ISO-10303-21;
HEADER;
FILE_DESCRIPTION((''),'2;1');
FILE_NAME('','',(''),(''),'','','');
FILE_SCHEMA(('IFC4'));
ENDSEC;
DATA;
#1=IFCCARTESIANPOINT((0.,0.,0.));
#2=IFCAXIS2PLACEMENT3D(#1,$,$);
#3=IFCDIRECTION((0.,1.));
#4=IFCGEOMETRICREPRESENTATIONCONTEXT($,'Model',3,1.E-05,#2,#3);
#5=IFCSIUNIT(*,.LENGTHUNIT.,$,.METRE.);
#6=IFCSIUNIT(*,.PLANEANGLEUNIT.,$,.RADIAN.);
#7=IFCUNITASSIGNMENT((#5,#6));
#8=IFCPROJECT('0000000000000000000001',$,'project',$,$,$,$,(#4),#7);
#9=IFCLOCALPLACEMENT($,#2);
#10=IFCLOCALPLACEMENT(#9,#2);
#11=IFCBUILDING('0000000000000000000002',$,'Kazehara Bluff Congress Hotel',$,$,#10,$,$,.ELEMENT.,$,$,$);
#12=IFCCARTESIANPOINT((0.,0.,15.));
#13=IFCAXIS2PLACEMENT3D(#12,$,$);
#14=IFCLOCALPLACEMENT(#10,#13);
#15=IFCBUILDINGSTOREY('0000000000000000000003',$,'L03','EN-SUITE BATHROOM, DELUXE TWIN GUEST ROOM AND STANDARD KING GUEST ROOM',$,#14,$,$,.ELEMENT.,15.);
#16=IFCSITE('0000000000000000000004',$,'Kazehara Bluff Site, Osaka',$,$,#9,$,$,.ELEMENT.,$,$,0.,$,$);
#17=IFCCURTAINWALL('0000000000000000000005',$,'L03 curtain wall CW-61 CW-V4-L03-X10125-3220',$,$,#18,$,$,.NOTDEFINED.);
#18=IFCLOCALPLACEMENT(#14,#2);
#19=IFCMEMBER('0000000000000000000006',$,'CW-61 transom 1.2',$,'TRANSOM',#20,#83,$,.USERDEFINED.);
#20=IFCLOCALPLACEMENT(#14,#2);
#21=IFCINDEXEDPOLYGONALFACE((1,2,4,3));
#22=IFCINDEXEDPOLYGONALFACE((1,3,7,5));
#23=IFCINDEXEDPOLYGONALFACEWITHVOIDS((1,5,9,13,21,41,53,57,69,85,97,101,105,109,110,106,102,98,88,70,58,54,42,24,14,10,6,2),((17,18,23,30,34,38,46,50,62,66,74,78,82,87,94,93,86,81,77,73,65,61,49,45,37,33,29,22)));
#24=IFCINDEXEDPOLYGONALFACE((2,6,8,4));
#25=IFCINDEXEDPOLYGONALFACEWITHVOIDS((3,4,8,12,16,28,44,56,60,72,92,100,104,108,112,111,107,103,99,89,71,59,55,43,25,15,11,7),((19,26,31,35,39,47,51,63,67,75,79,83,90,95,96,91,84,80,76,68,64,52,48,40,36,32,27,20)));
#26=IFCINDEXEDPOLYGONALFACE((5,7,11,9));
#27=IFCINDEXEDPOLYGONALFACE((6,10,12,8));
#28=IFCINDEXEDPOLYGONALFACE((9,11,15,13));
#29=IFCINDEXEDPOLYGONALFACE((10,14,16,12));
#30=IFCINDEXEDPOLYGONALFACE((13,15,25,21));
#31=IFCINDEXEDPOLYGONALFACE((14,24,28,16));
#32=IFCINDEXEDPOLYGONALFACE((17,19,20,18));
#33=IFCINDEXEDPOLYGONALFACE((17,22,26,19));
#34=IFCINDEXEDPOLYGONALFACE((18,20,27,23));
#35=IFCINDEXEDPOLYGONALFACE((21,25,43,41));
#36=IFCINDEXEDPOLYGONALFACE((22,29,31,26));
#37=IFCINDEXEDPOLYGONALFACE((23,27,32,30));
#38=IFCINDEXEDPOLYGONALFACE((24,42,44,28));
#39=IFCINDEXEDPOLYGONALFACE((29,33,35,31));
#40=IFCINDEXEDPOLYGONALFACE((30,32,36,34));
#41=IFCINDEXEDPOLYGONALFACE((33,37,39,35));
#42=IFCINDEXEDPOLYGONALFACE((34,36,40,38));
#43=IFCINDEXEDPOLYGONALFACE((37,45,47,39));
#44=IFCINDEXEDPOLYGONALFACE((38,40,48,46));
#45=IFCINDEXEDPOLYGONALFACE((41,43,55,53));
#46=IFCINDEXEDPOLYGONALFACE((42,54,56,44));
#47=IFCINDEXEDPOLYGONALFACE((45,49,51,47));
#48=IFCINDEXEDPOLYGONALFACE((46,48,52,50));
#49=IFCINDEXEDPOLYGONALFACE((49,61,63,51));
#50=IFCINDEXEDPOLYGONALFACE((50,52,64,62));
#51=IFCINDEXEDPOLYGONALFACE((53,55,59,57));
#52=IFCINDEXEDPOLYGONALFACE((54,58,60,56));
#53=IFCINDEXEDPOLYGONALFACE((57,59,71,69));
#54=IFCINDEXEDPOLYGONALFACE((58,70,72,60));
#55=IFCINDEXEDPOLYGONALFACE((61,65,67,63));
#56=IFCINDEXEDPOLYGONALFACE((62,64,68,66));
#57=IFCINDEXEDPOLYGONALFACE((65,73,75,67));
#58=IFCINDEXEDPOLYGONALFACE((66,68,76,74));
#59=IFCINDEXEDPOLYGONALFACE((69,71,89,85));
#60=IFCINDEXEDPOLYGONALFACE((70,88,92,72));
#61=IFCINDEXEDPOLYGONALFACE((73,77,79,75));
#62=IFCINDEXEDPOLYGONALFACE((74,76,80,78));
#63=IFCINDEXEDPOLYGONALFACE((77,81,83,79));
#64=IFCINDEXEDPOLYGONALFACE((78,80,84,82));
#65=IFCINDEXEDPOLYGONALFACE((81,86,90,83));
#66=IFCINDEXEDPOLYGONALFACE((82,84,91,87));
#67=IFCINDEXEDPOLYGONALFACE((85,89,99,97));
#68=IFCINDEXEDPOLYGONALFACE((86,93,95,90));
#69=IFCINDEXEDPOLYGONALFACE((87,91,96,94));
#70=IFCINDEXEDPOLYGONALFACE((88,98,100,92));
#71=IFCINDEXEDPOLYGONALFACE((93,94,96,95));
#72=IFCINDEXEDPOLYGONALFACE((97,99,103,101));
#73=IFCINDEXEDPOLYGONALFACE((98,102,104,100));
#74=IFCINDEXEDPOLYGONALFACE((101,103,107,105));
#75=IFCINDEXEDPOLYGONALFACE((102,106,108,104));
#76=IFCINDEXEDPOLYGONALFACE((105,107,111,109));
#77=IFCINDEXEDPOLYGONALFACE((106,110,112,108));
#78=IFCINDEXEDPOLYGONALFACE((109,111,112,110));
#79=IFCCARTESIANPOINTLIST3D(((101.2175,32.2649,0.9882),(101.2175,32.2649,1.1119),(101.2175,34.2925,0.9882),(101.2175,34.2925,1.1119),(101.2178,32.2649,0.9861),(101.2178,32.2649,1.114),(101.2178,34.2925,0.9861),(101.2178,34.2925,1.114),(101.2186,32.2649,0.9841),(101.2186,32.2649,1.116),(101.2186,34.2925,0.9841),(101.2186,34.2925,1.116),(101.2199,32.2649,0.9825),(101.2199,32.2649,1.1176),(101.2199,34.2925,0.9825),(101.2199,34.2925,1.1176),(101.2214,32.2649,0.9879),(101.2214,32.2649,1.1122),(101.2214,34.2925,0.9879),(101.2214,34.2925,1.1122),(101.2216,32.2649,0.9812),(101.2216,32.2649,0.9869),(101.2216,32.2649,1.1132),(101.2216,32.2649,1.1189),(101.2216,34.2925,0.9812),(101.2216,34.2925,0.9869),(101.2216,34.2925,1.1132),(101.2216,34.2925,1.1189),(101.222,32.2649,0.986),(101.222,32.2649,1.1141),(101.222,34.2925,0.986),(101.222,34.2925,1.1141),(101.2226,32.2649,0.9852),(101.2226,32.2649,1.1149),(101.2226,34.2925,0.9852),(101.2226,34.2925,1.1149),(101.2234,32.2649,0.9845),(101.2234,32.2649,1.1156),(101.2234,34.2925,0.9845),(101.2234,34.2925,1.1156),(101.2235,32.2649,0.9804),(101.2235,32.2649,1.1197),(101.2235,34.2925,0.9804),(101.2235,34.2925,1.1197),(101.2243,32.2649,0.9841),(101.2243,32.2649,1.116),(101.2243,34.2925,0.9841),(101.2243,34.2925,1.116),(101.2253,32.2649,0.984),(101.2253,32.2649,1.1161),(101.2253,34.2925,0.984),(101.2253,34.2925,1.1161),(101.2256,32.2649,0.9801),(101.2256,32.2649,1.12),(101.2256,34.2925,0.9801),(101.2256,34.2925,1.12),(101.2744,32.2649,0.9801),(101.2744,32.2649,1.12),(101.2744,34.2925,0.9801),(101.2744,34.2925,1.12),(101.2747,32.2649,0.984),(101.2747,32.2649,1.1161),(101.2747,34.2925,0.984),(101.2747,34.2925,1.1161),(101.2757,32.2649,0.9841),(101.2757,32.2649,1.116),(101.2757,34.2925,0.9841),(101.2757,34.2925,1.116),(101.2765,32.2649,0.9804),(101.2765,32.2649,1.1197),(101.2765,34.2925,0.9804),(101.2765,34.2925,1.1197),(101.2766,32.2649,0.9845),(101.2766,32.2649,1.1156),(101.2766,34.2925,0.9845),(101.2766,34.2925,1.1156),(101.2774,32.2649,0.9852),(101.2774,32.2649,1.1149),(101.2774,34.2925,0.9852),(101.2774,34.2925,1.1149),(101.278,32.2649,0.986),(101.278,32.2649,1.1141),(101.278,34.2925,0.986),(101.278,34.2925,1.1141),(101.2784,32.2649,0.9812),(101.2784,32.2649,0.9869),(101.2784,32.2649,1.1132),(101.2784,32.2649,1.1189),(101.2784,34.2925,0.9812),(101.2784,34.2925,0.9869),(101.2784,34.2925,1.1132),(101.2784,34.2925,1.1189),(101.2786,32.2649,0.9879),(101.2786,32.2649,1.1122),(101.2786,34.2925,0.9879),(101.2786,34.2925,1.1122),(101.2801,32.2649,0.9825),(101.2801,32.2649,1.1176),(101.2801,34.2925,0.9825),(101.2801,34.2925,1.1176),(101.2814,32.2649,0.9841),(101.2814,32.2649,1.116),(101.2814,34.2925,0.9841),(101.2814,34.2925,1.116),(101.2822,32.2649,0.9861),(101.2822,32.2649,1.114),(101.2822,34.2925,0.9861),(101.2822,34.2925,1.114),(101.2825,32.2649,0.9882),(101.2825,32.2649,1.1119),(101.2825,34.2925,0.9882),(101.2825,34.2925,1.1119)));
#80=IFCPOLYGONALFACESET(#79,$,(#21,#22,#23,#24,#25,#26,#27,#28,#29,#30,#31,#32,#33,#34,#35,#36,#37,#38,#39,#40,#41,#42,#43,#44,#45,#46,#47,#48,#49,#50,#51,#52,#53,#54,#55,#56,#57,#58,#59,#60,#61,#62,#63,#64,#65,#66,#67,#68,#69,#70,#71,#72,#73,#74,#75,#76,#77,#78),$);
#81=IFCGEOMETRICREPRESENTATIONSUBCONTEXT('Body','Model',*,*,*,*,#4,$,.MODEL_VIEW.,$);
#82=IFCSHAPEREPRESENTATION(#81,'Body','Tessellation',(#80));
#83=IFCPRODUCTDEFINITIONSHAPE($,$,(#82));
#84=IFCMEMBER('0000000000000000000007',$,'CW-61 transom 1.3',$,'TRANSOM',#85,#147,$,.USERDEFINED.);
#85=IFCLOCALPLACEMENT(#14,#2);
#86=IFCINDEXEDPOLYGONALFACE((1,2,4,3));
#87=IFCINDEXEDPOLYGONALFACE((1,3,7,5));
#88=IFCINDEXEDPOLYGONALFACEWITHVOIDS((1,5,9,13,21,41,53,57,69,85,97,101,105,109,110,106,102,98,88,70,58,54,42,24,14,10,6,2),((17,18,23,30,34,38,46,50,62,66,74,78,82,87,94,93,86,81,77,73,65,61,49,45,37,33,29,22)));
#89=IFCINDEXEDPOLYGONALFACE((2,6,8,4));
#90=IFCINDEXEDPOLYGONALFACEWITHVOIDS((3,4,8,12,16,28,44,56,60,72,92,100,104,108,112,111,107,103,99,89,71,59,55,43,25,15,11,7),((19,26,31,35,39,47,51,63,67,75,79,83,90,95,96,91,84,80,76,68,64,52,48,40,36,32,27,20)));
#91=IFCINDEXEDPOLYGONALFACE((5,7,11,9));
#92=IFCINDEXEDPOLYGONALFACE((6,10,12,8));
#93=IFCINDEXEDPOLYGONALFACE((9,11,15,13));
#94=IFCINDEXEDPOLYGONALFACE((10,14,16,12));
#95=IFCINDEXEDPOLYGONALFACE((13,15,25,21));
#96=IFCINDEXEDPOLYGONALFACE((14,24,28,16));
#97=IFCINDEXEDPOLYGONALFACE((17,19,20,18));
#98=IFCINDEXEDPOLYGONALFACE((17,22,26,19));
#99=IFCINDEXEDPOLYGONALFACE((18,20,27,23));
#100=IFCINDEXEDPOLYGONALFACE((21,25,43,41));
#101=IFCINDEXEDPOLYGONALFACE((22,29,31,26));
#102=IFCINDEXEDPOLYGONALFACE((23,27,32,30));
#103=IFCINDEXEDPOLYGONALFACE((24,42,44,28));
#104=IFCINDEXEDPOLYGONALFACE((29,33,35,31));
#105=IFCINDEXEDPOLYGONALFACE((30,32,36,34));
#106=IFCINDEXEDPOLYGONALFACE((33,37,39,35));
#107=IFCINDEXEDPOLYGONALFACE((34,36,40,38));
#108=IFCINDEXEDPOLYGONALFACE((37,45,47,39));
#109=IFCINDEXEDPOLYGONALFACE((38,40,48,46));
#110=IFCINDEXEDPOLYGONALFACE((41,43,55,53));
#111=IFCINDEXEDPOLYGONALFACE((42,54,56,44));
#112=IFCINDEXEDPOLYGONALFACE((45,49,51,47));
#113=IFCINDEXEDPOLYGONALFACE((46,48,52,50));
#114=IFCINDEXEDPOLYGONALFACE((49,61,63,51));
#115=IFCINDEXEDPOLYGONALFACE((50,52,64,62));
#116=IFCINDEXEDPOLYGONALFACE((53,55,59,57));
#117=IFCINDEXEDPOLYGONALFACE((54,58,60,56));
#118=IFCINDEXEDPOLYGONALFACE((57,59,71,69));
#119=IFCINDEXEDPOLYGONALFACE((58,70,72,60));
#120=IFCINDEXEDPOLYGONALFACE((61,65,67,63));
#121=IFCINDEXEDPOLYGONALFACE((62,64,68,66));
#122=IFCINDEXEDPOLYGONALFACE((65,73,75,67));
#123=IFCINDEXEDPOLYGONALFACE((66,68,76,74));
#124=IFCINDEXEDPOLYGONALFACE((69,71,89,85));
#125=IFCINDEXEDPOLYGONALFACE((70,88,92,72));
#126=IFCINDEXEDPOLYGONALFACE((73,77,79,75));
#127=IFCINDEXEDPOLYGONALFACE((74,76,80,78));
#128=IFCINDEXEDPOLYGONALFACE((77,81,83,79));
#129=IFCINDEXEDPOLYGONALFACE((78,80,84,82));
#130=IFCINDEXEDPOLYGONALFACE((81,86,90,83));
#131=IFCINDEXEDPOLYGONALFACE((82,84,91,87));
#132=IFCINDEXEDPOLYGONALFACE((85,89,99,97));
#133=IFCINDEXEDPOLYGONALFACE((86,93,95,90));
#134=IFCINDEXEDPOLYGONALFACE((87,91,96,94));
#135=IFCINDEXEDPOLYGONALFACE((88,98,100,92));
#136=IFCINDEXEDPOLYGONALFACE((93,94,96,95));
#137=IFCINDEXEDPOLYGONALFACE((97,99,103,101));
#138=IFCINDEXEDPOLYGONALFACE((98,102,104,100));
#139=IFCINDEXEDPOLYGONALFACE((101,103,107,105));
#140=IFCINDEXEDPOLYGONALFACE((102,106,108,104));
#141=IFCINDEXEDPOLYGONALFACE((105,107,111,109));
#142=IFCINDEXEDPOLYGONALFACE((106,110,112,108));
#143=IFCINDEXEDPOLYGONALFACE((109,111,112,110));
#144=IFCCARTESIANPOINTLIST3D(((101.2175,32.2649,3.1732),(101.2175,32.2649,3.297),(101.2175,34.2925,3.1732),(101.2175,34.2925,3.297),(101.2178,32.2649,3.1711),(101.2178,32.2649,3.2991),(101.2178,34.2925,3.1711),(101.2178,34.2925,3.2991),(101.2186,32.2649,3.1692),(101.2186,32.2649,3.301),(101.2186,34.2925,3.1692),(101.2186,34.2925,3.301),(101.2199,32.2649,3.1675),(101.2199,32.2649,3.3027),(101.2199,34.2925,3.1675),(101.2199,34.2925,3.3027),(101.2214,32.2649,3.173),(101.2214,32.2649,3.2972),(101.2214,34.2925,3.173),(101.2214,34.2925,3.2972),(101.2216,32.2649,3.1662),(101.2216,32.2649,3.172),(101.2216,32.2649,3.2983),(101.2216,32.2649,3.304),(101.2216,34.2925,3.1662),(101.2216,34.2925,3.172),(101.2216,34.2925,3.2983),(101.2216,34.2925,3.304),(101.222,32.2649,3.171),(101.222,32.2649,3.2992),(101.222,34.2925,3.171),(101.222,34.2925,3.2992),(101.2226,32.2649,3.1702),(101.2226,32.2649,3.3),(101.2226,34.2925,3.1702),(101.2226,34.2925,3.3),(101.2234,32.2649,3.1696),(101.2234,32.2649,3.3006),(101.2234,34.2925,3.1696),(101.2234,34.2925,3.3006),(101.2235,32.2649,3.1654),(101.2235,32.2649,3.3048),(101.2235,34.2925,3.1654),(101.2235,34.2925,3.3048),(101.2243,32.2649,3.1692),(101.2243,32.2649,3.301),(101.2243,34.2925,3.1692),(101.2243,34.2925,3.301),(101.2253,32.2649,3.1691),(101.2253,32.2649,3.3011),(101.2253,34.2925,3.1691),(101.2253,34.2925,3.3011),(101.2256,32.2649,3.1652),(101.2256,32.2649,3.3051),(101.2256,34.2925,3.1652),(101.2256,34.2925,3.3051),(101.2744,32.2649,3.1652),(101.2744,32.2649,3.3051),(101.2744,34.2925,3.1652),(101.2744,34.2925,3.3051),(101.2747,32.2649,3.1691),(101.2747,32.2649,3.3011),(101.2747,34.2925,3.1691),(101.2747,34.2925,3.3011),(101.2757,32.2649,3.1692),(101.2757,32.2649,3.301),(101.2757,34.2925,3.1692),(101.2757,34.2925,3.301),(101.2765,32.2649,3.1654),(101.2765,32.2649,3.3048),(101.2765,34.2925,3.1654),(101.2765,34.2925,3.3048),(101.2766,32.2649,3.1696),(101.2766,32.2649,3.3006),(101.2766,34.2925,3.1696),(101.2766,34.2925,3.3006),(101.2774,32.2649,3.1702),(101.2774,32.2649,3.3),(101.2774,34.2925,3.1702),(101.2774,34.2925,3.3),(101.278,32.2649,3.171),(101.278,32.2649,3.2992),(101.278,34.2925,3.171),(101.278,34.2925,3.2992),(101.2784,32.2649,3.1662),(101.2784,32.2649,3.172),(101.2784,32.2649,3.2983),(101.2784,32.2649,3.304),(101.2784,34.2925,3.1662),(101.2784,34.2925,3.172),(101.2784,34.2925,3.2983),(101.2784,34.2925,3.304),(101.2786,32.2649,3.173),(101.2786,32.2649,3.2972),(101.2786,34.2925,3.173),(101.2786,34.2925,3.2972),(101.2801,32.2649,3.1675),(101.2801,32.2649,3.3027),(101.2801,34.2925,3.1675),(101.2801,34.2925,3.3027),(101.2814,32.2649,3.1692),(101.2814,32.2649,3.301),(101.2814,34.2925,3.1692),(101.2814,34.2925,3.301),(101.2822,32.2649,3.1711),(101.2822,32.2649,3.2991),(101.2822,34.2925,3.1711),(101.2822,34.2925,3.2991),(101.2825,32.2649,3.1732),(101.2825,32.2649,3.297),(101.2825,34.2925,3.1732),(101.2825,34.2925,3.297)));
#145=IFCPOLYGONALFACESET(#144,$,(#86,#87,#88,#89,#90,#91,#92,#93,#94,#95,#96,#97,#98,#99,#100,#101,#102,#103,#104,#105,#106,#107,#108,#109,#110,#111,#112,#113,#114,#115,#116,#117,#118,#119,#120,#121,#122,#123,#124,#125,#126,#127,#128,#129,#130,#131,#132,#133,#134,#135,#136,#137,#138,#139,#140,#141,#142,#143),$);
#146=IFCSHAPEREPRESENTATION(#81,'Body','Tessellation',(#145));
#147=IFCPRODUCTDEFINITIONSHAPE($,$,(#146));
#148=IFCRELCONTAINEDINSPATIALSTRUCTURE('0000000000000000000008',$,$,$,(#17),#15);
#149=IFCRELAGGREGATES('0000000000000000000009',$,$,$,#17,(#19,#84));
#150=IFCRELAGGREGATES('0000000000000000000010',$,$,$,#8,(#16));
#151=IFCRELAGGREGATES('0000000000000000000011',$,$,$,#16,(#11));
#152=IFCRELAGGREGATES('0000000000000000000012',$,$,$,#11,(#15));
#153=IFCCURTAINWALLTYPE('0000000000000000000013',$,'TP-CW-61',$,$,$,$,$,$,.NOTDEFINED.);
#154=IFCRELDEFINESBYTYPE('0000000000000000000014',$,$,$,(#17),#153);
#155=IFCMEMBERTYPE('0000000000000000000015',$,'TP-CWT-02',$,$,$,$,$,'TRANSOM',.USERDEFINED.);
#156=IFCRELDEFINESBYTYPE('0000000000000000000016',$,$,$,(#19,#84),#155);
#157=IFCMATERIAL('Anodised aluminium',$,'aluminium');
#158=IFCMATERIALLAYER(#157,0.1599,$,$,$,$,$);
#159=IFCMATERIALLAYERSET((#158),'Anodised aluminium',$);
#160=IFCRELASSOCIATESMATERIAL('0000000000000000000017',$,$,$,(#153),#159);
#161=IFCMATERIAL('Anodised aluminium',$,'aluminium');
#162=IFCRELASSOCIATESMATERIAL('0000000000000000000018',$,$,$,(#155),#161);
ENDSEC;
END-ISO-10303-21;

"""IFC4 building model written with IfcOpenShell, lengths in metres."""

from ifc_helpers import new_model, si_unit, direction, frame, origin, origin_2d, place, context, subcontext, project, spatial, hollow_rectangle, extrude, material, layer, layer_set, material_profile, profile_set, type_object, element, aggregate, save


model = new_model("IFC4")

# Units and contexts
model_context = context("Model", 3, precision=1e-05, world=origin(), true_north=direction((0.0, 1.0)))
body_context = subcontext(model_context, "Body", "Model", "MODEL_VIEW")
ifc_project = project(units=[si_unit("LENGTHUNIT", "METRE"), si_unit("PLANEANGLEUNIT", "RADIAN")], contexts=[model_context])

# Site, building, storey
site_placement = place(None, origin())
site = spatial("IfcSite", under=ifc_project, at=site_placement, Name="Kazehara Bluff Site, Osaka", CompositionType="ELEMENT", RefElevation=0.0)
building_placement = place(site_placement, origin())
building = spatial("IfcBuilding", under=site, at=building_placement, Name="Kazehara Bluff Congress Hotel", CompositionType="ELEMENT")
storey_placement = place(building_placement, frame((0.0, 0.0, 15.0)))
storey = spatial("IfcBuildingStorey", under=building, at=storey_placement, Name="L03", Description="EN-SUITE BATHROOM, DELUXE TWIN GUEST ROOM AND STANDARD KING GUEST ROOM", CompositionType="ELEMENT", Elevation=15.0)

# Curtain wall, members
ifc_material_1 = material(Name="Anodised aluminium", Category="aluminium")
ifc_layer_1 = layer(ifc_material_1, 0.1599)
ifc_layer_set_1 = layer_set([ifc_layer_1], Name="Anodised aluminium")
curtain_wall_type = type_object("IfcCurtainWallType", Name="TP-CW-61", PredefinedType="NOTDEFINED", material=ifc_layer_set_1)
curtain_wall_placement = place(storey_placement, origin())
curtain_wall = element("IfcCurtainWall", 1, at=curtain_wall_placement, inside=storey, type_object=curtain_wall_type, Name="L03 curtain wall CW-61 CW-V4-L03-X10125-3220", PredefinedType="NOTDEFINED")
ifc_material_2 = material(Name="Anodised aluminium", Category="aluminium")
ifc_material_profile_1 = material_profile(ifc_material_2, hollow_rectangle(XDim=0.0649, YDim=0.1399, WallThickness=0.0039, InnerFilletRadius=0.0039, OuterFilletRadius=0.0081, at=origin_2d()))
ifc_profile_set_1 = profile_set([ifc_material_profile_1], Name="Anodised aluminium")
member_type_1 = type_object("IfcMemberType", Name="TP-CWT-02", ElementType="TRANSOM", PredefinedType="USERDEFINED", material=ifc_profile_set_1)
member_1_placement = place(storey_placement, frame((101.25, 32.2649, 1.05), z_axis=(0.0, 1.0, 0.0), x_axis=(-1.0, 0.0, 0.0)))
member_1 = element("IfcMember", 2, at=member_1_placement, type_object=member_type_1, Name="CW-61 transom 1.2", ObjectType="TRANSOM", PredefinedType="USERDEFINED", context=body_context, shape_type="SweptSolid", body=[
    extrude(hollow_rectangle(XDim=0.0649, YDim=0.1399, WallThickness=0.0039, InnerFilletRadius=0.0039, OuterFilletRadius=0.0081, at=origin_2d()), origin(), (0.0, 0.0, 1.0), 2.0276),
])
member_2_placement = place(storey_placement, frame((101.25, 32.2649, 3.2351), z_axis=(0.0, 1.0, 0.0), x_axis=(-1.0, 0.0, 0.0)))
member_2 = element("IfcMember", 3, at=member_2_placement, type_object=member_type_1, Name="CW-61 transom 1.3", ObjectType="TRANSOM", PredefinedType="USERDEFINED", context=body_context, shape_type="SweptSolid", body=[
    extrude(hollow_rectangle(XDim=0.0649, YDim=0.1399, WallThickness=0.0039, InnerFilletRadius=0.0039, OuterFilletRadius=0.0081, at=origin_2d()), origin(), (0.0, 0.0, 1.0), 2.0276),
])
aggregate(curtain_wall, [member_1, member_2])

save(model, "model.ifc")
